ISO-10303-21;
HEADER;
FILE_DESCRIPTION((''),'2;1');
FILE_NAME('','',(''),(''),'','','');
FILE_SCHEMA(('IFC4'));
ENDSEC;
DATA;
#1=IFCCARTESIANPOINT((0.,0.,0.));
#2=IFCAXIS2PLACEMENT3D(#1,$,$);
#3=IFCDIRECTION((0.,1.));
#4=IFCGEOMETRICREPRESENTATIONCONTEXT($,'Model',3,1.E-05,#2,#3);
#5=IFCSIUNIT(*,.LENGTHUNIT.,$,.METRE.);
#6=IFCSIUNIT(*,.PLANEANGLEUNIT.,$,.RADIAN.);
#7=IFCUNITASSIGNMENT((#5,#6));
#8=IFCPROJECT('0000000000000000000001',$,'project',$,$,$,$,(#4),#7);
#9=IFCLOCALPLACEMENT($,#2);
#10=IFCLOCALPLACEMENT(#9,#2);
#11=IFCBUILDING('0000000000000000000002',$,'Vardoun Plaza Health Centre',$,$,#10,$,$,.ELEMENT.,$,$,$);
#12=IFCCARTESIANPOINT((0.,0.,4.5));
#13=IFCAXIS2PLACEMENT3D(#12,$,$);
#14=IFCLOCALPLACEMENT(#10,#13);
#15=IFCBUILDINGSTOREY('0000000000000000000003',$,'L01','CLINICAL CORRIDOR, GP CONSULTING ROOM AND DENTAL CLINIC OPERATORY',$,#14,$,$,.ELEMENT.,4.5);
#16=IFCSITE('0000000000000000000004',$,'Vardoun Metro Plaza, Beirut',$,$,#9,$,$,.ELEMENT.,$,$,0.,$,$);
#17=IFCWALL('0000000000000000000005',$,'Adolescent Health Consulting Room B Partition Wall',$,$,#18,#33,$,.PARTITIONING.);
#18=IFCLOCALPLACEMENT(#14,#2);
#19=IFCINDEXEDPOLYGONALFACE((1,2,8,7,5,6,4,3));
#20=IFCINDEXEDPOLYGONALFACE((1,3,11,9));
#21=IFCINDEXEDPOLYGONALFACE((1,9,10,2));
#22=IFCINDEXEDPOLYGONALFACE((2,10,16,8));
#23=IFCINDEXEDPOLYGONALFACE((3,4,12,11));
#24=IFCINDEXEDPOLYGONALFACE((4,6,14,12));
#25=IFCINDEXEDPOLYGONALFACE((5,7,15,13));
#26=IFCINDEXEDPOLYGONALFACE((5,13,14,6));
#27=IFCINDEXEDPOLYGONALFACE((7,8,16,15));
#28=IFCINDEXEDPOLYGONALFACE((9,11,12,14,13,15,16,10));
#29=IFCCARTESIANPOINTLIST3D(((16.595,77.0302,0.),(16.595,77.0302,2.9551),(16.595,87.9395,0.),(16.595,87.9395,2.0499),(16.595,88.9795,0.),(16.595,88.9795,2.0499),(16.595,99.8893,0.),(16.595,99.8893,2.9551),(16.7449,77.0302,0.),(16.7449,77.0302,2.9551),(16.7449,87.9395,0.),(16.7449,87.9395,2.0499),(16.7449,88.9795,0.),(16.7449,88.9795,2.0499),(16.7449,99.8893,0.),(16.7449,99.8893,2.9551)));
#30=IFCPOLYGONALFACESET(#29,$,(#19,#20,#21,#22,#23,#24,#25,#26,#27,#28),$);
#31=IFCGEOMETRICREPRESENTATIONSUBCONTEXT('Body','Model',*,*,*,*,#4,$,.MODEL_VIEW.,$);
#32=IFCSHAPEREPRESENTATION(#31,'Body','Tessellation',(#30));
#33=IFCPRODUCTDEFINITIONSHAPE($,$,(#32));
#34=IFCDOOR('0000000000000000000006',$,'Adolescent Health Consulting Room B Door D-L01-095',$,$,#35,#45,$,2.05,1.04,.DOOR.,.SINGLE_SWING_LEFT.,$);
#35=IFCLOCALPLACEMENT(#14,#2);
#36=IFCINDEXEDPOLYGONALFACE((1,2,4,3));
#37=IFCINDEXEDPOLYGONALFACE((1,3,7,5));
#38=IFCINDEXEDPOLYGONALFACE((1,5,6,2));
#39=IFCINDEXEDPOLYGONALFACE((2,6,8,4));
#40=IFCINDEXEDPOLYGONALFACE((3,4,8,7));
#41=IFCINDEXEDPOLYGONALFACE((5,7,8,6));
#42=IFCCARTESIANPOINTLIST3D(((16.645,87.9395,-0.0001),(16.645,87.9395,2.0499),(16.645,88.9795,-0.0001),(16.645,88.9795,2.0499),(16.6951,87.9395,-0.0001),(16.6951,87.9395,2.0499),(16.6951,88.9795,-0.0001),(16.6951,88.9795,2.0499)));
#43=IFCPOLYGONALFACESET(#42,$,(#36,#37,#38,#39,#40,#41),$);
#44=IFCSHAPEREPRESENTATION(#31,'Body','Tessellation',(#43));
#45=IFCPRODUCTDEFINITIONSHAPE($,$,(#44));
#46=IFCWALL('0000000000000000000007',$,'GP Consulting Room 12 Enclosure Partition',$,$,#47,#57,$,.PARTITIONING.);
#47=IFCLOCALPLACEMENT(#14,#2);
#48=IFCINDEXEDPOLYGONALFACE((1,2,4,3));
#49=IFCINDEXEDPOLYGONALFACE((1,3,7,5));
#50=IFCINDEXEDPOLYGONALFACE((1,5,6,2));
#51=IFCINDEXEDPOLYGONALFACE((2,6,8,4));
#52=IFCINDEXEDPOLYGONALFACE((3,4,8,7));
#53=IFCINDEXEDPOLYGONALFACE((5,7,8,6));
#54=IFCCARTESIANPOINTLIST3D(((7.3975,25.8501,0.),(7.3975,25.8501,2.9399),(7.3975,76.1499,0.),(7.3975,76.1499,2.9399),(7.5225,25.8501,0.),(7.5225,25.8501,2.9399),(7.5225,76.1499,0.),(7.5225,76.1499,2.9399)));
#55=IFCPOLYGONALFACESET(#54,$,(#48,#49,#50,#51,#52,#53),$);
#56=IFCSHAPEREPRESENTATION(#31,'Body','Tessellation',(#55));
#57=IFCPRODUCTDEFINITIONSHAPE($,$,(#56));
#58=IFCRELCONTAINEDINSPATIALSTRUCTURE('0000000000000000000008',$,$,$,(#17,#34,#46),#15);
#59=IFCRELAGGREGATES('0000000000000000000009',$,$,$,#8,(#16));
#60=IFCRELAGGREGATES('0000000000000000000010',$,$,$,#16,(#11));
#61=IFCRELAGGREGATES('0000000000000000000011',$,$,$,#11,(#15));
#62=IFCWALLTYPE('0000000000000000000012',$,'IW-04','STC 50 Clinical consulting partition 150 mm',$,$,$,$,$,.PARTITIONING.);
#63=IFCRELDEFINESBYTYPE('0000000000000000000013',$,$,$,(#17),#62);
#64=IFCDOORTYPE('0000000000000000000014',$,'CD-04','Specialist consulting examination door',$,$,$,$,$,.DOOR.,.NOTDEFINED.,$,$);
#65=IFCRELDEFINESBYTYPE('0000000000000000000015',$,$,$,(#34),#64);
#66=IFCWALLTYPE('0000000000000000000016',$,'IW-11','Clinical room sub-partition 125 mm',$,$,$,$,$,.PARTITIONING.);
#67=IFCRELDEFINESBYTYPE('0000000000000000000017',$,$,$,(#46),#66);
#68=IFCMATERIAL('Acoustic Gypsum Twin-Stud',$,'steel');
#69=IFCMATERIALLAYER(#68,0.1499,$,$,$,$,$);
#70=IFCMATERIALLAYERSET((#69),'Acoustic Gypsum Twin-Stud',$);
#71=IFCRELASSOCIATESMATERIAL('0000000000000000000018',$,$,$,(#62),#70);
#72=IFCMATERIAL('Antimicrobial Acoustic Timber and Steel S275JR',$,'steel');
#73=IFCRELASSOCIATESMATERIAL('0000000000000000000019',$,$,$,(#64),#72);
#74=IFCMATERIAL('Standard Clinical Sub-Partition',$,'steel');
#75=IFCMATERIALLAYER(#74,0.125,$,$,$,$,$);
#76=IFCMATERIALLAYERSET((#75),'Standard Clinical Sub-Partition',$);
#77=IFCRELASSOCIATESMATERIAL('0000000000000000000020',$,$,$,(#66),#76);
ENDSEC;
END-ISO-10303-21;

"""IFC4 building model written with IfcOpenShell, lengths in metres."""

from ifc_helpers import new_model, si_unit, direction, frame, frame_2d, origin, place, context, subcontext, project, spatial, rectangle, extrude, material, layer, layer_set, type_object, element, fill, save


model = new_model("IFC4")

# Units and contexts
model_context = context("Model", 3, precision=1e-05, world=origin(), true_north=direction((0.0, 1.0)))
body_context = subcontext(model_context, "Body", "Model", "MODEL_VIEW")
ifc_project = project(units=[si_unit("LENGTHUNIT", "METRE"), si_unit("PLANEANGLEUNIT", "RADIAN")], contexts=[model_context])

# Site, building, storey
site_placement = place(None, origin())
site = spatial("IfcSite", under=ifc_project, at=site_placement, Name="Vardoun Metro Plaza, Beirut", CompositionType="ELEMENT", RefElevation=0.0)
building_placement = place(site_placement, origin())
building = spatial("IfcBuilding", under=site, at=building_placement, Name="Vardoun Plaza Health Centre", CompositionType="ELEMENT")
storey_placement = place(building_placement, frame((0.0, 0.0, 4.5)))
storey = spatial("IfcBuildingStorey", under=building, at=storey_placement, Name="L01", Description="CLINICAL CORRIDOR, GP CONSULTING ROOM AND DENTAL CLINIC OPERATORY", CompositionType="ELEMENT", Elevation=4.5)

# Wall, opening, door
ifc_material_1 = material(Name="Acoustic Gypsum Twin-Stud", Category="steel")
ifc_layer_1 = layer(ifc_material_1, 0.1499)
ifc_layer_set_1 = layer_set([ifc_layer_1], Name="Acoustic Gypsum Twin-Stud")
wall_type_1 = type_object("IfcWallType", Name="IW-04", Description="STC 50 Clinical consulting partition 150 mm", PredefinedType="PARTITIONING", material=ifc_layer_set_1)
wall_1_placement = place(storey_placement, frame((16.6699, 77.03, 0.0), z_axis=(0.0, 0.0, 1.0), x_axis=(0.0, 1.0, 0.0)))
wall_1 = element("IfcWall", 1, at=wall_1_placement, inside=storey, type_object=wall_type_1, Name="Adolescent Health Consulting Room B Partition Wall", PredefinedType="PARTITIONING", context=body_context, shape_type="SweptSolid", body=[
    extrude(rectangle(XDim=22.8591, YDim=0.1499, at=frame_2d((11.4297, 0.0))), origin(), (0.0, 0.0, 1.0), 2.9551),
])
opening_1_placement = place(wall_1_placement, frame((10.9094, 0.0, 0.0)))
opening_1 = element("IfcOpeningElement", 2, at=opening_1_placement, cuts=wall_1, PredefinedType="OPENING", context=body_context, shape_type="SweptSolid", body=[
    extrude(rectangle(XDim=1.04, YDim=2.05, at=frame_2d((0.52, 1.0249))), frame((0.0, 0.075, 0.0), z_axis=(0.0, -1.0, 0.0), x_axis=(1.0, 0.0, 0.0)), (0.0, 0.0, 1.0), 0.1499),
])
ifc_material_2 = material(Name="Antimicrobial Acoustic Timber and Steel S275JR", Category="steel")
door_type_1 = type_object("IfcDoorType", Name="CD-04", Description="Specialist consulting examination door", OperationType="NOTDEFINED", PredefinedType="DOOR", material=ifc_material_2)
door_1_placement = place(opening_1_placement, origin())
door_1 = element("IfcDoor", 3, at=door_1_placement, inside=storey, type_object=door_type_1, Name="Adolescent Health Consulting Room B Door D-L01-095", OperationType="SINGLE_SWING_LEFT", OverallHeight=2.05, OverallWidth=1.04, PredefinedType="DOOR", context=body_context, shape_type="SweptSolid", body=[
    extrude(rectangle(XDim=1.04, YDim=2.05, at=frame_2d((0.52, 1.0249))), frame((0.0, 0.0249, 0.0), z_axis=(0.0, -1.0, 0.0), x_axis=(1.0, 0.0, 0.0)), (0.0, 0.0, 1.0), 0.05),
])
fill(opening_1, door_1)

# Wall
ifc_material_3 = material(Name="Standard Clinical Sub-Partition", Category="steel")
ifc_layer_2 = layer(ifc_material_3, 0.125)
ifc_layer_set_2 = layer_set([ifc_layer_2], Name="Standard Clinical Sub-Partition")
wall_type_2 = type_object("IfcWallType", Name="IW-11", Description="Clinical room sub-partition 125 mm", PredefinedType="PARTITIONING", material=ifc_layer_set_2)
wall_2_placement = place(storey_placement, frame((7.46, 76.1499, 0.0), z_axis=(0.0, 0.0, 1.0), x_axis=(0.0, -1.0, 0.0)))
element("IfcWall", 4, at=wall_2_placement, inside=storey, type_object=wall_type_2, Name="GP Consulting Room 12 Enclosure Partition", PredefinedType="PARTITIONING", context=body_context, shape_type="SweptSolid", body=[
    extrude(rectangle(XDim=50.2998, YDim=0.125, at=frame_2d((25.1499, 0.0))), origin(), (0.0, 0.0, 1.0), 2.9399),
])

save(model, "model.ifc")
